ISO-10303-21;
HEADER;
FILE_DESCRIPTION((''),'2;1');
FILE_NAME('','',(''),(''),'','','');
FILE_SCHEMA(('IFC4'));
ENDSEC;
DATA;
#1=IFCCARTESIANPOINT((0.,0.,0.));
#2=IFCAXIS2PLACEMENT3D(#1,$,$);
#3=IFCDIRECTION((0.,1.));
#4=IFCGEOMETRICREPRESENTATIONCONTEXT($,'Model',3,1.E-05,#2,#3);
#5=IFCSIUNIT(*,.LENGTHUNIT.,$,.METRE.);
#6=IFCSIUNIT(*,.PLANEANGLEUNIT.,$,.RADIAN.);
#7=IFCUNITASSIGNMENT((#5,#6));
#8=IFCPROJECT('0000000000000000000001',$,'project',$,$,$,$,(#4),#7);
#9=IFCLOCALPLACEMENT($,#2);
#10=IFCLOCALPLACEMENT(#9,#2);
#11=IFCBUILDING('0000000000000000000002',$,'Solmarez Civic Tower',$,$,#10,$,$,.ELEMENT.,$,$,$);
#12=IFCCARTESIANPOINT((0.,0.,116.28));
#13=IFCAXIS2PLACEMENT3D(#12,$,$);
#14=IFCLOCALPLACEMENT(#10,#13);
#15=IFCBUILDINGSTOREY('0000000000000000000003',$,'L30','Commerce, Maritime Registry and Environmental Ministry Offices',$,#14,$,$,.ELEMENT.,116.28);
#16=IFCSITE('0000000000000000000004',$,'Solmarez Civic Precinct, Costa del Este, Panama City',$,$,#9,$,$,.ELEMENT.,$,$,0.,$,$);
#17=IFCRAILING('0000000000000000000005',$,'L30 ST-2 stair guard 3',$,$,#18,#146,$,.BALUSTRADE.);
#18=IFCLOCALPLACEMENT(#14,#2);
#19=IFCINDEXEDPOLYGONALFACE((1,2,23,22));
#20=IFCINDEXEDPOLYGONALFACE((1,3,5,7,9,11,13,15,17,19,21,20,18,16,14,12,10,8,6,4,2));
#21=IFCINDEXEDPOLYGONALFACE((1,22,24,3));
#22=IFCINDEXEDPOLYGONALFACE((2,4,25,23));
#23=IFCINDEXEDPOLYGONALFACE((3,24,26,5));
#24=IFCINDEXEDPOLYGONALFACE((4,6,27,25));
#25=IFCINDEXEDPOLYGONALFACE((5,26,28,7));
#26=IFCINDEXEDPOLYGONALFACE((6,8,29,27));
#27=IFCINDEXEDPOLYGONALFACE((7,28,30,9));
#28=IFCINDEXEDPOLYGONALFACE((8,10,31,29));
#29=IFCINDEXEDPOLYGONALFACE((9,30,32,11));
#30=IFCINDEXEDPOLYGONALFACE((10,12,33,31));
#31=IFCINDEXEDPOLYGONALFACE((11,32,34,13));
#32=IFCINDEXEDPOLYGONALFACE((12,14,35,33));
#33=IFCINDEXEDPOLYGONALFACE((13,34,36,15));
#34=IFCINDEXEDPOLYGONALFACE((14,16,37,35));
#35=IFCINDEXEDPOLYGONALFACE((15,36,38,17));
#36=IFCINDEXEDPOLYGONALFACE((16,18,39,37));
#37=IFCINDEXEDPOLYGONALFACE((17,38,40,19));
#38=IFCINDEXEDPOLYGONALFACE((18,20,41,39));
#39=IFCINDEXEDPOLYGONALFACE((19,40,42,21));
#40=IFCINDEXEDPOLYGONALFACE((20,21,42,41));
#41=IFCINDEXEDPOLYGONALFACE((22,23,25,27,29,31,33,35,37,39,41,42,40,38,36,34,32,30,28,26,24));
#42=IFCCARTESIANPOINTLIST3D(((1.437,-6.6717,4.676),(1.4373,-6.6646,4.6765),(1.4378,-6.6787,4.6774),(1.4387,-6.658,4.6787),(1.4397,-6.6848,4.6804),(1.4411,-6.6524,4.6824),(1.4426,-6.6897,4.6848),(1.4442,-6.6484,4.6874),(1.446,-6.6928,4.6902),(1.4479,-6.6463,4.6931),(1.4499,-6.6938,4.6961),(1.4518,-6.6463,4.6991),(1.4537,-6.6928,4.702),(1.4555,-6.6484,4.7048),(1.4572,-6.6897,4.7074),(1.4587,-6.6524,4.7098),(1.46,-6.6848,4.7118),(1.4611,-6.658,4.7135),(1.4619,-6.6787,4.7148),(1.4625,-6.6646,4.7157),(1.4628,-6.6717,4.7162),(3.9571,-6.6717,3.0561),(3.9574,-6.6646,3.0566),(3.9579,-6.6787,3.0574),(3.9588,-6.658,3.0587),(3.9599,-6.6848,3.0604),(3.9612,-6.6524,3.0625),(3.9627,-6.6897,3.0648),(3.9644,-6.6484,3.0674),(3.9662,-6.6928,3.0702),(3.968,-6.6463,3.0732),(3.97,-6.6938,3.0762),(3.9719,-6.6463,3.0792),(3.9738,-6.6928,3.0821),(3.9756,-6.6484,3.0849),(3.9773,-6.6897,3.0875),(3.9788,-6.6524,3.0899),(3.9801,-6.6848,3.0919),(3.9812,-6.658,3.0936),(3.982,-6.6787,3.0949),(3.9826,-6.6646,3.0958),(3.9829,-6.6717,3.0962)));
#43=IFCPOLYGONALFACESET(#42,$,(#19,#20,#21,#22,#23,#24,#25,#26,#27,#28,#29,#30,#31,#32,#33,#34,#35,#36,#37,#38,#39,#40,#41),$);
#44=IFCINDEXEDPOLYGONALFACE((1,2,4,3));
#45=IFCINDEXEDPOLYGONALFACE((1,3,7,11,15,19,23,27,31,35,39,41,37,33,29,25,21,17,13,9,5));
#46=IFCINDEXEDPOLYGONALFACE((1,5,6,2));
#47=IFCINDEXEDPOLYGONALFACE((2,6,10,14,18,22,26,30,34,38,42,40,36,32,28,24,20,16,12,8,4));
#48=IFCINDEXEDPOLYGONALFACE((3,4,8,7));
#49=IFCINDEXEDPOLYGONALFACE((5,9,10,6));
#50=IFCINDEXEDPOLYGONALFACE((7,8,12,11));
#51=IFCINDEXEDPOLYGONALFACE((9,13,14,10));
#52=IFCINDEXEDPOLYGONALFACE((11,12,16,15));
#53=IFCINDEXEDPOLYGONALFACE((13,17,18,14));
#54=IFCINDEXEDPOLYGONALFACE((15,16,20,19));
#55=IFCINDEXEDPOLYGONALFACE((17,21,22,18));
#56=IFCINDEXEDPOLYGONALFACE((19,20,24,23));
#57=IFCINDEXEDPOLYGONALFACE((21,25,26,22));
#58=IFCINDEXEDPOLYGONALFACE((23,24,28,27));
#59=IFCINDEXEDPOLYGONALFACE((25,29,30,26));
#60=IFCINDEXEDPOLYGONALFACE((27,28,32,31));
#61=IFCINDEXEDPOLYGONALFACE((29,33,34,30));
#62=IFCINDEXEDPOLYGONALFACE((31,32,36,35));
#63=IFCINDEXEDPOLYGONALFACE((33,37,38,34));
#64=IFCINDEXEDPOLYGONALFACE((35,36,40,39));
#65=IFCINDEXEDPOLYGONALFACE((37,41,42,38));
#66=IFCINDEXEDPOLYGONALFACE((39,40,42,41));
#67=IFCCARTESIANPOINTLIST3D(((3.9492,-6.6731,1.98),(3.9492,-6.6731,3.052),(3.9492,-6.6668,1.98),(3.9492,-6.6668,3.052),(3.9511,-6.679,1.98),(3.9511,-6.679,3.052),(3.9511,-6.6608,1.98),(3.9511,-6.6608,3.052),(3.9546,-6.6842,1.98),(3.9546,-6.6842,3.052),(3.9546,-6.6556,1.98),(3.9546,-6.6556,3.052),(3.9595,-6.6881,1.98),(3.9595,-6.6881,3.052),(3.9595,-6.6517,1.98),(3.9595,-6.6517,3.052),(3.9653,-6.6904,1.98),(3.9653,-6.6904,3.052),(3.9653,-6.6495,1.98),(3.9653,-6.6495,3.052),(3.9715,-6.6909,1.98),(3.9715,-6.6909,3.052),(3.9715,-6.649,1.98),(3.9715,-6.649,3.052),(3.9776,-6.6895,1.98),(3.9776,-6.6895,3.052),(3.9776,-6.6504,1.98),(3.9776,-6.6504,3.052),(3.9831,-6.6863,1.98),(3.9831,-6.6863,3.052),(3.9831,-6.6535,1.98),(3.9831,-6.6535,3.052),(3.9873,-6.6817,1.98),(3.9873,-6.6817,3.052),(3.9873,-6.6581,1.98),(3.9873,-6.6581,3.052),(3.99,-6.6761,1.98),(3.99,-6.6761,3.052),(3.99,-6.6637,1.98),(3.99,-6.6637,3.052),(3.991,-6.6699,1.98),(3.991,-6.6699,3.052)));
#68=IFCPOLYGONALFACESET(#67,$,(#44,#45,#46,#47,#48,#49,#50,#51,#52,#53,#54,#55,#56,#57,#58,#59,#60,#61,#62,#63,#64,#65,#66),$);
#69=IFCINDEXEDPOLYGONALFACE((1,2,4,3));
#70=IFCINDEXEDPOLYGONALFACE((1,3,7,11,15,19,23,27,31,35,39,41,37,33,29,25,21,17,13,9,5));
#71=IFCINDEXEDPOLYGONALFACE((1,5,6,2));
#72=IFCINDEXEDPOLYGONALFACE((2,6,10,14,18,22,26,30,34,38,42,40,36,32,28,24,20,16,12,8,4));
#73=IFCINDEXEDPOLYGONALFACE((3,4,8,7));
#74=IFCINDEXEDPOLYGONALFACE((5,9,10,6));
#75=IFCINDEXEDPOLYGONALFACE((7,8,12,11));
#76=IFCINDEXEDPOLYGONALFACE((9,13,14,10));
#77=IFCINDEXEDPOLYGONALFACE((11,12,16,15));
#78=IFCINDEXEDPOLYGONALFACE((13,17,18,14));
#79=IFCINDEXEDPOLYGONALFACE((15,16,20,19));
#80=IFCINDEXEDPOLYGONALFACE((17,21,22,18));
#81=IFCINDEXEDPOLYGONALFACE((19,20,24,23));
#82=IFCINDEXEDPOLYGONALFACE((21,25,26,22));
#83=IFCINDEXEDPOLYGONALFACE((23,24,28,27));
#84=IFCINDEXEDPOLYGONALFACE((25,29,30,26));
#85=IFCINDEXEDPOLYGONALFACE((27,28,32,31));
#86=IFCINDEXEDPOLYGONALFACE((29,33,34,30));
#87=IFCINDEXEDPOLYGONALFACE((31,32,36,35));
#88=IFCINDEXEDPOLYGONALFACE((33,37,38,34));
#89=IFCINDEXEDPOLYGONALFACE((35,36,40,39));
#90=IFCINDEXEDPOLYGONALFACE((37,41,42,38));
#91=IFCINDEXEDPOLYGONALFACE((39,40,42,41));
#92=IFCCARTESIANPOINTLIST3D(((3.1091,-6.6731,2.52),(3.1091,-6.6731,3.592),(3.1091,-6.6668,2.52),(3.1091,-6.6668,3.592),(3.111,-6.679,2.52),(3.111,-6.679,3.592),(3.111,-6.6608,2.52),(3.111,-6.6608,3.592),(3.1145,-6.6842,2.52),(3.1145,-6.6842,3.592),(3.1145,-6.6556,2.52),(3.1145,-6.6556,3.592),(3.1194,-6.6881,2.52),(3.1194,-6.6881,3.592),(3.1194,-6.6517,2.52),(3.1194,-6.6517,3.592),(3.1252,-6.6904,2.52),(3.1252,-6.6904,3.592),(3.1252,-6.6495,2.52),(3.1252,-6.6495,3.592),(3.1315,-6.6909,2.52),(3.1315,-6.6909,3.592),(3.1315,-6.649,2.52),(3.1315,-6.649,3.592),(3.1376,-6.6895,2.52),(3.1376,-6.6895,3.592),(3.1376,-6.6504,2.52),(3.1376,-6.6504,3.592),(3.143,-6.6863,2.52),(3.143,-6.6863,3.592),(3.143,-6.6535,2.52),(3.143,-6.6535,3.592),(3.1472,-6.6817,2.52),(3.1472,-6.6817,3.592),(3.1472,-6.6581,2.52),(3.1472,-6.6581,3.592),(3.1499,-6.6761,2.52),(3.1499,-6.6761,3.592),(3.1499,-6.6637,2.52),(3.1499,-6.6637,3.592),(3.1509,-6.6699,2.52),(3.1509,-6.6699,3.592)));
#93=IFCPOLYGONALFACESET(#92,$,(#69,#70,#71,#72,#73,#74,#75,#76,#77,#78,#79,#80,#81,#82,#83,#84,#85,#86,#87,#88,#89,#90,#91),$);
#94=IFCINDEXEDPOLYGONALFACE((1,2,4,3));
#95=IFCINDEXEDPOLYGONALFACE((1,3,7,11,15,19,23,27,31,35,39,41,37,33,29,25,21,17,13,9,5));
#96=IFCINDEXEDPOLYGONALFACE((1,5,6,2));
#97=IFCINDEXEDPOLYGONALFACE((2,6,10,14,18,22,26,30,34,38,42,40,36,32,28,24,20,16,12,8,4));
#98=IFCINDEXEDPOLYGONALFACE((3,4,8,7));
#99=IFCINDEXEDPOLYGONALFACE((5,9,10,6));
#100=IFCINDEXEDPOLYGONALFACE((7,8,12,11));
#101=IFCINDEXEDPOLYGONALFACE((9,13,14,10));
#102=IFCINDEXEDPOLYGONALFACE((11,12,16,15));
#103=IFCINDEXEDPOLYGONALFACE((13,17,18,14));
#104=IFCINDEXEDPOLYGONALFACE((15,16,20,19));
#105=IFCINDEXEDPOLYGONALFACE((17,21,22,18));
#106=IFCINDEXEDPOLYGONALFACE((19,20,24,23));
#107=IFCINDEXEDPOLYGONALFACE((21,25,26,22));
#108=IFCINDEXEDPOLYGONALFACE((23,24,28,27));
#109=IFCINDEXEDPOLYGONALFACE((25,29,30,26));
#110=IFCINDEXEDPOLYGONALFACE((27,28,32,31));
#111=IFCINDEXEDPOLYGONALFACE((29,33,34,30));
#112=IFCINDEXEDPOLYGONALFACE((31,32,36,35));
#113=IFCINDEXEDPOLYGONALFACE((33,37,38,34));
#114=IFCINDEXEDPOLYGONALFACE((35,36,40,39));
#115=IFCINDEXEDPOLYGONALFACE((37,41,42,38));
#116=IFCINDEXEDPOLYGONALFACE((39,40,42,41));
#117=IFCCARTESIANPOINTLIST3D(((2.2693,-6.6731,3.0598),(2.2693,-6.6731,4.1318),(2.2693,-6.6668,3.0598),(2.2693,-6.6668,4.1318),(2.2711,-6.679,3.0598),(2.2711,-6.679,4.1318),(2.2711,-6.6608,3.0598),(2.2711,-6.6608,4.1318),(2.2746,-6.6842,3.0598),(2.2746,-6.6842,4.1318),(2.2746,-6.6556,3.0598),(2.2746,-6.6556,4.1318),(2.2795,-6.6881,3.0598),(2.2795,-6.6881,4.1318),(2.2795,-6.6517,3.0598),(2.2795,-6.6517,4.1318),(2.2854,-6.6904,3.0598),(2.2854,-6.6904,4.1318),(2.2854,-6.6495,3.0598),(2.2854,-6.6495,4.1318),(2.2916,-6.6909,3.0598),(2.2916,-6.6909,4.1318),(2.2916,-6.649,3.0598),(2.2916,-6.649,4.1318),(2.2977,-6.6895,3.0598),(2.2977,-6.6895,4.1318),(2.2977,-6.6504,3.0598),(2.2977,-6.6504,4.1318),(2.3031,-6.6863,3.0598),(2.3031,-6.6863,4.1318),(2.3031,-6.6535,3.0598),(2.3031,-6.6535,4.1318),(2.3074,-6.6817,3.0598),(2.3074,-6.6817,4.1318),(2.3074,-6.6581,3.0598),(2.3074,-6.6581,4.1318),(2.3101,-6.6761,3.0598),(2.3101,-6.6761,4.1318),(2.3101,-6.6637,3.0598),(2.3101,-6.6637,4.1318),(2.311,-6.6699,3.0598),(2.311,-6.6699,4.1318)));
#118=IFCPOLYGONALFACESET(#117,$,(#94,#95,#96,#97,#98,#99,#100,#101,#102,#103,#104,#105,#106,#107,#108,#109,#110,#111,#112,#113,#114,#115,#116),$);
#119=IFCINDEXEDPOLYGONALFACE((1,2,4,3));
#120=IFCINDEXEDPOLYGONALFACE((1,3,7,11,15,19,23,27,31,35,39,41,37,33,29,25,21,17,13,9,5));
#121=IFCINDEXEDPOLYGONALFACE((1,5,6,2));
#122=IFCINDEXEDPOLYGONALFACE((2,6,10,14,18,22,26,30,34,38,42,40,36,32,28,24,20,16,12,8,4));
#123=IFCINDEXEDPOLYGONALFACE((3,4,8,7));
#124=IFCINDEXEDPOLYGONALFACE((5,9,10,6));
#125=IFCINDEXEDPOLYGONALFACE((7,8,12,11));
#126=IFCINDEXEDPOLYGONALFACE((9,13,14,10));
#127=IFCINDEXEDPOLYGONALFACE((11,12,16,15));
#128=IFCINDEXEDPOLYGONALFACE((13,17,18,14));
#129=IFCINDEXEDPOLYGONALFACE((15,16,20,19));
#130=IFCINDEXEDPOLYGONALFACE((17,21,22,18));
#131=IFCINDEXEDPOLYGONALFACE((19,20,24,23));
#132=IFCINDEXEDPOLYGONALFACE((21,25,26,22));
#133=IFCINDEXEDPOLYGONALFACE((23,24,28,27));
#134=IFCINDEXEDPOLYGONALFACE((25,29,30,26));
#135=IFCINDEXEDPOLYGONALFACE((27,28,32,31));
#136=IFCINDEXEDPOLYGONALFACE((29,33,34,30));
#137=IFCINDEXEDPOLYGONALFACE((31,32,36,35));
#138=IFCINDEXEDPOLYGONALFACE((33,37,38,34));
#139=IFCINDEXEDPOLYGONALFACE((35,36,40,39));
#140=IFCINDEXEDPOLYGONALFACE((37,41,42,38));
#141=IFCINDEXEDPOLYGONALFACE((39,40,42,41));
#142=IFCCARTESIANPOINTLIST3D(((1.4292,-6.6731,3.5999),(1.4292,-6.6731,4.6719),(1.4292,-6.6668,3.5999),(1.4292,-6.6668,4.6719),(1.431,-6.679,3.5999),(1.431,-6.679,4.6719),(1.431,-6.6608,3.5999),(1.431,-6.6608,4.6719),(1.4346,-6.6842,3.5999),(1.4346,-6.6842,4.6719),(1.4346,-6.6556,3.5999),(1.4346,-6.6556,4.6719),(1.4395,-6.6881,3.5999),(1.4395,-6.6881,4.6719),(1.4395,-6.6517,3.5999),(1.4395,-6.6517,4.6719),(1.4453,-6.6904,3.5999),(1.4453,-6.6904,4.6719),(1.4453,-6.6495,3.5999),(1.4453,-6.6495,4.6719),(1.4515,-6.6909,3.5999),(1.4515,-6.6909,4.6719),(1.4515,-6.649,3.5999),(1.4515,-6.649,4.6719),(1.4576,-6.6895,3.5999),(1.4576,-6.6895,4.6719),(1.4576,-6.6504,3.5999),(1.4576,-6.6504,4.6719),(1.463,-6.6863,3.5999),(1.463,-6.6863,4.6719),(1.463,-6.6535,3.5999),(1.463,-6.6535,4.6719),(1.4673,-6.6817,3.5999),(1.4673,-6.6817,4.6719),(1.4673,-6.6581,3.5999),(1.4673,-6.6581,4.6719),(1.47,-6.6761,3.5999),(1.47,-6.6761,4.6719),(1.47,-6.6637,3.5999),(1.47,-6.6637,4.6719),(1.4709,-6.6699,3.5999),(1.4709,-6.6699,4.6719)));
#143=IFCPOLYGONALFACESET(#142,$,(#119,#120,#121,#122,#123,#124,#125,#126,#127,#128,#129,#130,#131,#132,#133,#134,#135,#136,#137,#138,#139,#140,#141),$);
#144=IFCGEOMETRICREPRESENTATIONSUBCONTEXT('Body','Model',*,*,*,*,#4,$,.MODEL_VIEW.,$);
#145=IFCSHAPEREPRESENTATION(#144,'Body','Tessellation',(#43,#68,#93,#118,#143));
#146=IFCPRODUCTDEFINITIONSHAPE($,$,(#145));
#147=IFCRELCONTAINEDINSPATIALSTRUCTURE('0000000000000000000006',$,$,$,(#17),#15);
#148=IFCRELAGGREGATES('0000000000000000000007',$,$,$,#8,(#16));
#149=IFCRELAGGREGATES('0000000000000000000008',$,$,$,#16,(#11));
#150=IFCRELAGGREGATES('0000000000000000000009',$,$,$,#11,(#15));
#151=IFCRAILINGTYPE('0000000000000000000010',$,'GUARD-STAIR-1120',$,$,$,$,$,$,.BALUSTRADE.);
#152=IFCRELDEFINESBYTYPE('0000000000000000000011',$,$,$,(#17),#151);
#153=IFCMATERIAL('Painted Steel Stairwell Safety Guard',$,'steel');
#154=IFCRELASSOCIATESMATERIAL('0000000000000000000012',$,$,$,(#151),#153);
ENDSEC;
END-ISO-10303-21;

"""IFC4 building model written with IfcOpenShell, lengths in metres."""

from ifc_helpers import new_model, si_unit, direction, frame, origin, origin_2d, place, context, subcontext, project, spatial, circle, extrude, material, type_object, element, save


model = new_model("IFC4")

# Units and contexts
model_context = context("Model", 3, precision=1e-05, world=origin(), true_north=direction((0.0, 1.0)))
body_context = subcontext(model_context, "Body", "Model", "MODEL_VIEW")
ifc_project = project(units=[si_unit("LENGTHUNIT", "METRE"), si_unit("PLANEANGLEUNIT", "RADIAN")], contexts=[model_context])

# Site, building, storey
site_placement = place(None, origin())
site = spatial("IfcSite", under=ifc_project, at=site_placement, Name="Solmarez Civic Precinct, Costa del Este, Panama City", CompositionType="ELEMENT", RefElevation=0.0)
building_placement = place(site_placement, origin())
building = spatial("IfcBuilding", under=site, at=building_placement, Name="Solmarez Civic Tower", CompositionType="ELEMENT")
storey_placement = place(building_placement, frame((0.0, 0.0, 116.28)))
storey = spatial("IfcBuildingStorey", under=building, at=storey_placement, Name="L30", Description="Commerce, Maritime Registry and Environmental Ministry Offices", CompositionType="ELEMENT", Elevation=116.28)

# Railing
ifc_material_1 = material(Name="Painted Steel Stairwell Safety Guard", Category="steel")
railing_type_1 = type_object("IfcRailingType", Name="GUARD-STAIR-1120", PredefinedType="BALUSTRADE", material=ifc_material_1)
railing_1_placement = place(storey_placement, frame((3.97, -6.6699, 1.98)))
element("IfcRailing", 1, at=railing_1_placement, inside=storey, type_object=railing_type_1, Name="L30 ST-2 stair guard 3", PredefinedType="BALUSTRADE", context=body_context, shape_type="SweptSolid", body=[
    extrude(circle(Radius=0.0239, at=origin_2d()), frame((0.0, 0.0, 1.0962), z_axis=(-0.8412, 0.0, 0.540725), x_axis=(0.0, -1.0, 0.0)), (0.0, 0.0, 1.0), 2.9958),
    extrude(circle(Radius=0.021, at=origin_2d()), origin(), (0.0, 0.0, 1.0), 1.072),
    extrude(circle(Radius=0.021, at=origin_2d()), frame((-0.8401, 0.0, 0.54)), (0.0, 0.0, 1.0), 1.072),
    extrude(circle(Radius=0.021, at=origin_2d()), frame((-1.6799, 0.0, 1.0798)), (0.0, 0.0, 1.0), 1.072),
    extrude(circle(Radius=0.021, at=origin_2d()), frame((-2.52, 0.0, 1.6199)), (0.0, 0.0, 1.0), 1.072),
])

save(model, "model.ifc")
